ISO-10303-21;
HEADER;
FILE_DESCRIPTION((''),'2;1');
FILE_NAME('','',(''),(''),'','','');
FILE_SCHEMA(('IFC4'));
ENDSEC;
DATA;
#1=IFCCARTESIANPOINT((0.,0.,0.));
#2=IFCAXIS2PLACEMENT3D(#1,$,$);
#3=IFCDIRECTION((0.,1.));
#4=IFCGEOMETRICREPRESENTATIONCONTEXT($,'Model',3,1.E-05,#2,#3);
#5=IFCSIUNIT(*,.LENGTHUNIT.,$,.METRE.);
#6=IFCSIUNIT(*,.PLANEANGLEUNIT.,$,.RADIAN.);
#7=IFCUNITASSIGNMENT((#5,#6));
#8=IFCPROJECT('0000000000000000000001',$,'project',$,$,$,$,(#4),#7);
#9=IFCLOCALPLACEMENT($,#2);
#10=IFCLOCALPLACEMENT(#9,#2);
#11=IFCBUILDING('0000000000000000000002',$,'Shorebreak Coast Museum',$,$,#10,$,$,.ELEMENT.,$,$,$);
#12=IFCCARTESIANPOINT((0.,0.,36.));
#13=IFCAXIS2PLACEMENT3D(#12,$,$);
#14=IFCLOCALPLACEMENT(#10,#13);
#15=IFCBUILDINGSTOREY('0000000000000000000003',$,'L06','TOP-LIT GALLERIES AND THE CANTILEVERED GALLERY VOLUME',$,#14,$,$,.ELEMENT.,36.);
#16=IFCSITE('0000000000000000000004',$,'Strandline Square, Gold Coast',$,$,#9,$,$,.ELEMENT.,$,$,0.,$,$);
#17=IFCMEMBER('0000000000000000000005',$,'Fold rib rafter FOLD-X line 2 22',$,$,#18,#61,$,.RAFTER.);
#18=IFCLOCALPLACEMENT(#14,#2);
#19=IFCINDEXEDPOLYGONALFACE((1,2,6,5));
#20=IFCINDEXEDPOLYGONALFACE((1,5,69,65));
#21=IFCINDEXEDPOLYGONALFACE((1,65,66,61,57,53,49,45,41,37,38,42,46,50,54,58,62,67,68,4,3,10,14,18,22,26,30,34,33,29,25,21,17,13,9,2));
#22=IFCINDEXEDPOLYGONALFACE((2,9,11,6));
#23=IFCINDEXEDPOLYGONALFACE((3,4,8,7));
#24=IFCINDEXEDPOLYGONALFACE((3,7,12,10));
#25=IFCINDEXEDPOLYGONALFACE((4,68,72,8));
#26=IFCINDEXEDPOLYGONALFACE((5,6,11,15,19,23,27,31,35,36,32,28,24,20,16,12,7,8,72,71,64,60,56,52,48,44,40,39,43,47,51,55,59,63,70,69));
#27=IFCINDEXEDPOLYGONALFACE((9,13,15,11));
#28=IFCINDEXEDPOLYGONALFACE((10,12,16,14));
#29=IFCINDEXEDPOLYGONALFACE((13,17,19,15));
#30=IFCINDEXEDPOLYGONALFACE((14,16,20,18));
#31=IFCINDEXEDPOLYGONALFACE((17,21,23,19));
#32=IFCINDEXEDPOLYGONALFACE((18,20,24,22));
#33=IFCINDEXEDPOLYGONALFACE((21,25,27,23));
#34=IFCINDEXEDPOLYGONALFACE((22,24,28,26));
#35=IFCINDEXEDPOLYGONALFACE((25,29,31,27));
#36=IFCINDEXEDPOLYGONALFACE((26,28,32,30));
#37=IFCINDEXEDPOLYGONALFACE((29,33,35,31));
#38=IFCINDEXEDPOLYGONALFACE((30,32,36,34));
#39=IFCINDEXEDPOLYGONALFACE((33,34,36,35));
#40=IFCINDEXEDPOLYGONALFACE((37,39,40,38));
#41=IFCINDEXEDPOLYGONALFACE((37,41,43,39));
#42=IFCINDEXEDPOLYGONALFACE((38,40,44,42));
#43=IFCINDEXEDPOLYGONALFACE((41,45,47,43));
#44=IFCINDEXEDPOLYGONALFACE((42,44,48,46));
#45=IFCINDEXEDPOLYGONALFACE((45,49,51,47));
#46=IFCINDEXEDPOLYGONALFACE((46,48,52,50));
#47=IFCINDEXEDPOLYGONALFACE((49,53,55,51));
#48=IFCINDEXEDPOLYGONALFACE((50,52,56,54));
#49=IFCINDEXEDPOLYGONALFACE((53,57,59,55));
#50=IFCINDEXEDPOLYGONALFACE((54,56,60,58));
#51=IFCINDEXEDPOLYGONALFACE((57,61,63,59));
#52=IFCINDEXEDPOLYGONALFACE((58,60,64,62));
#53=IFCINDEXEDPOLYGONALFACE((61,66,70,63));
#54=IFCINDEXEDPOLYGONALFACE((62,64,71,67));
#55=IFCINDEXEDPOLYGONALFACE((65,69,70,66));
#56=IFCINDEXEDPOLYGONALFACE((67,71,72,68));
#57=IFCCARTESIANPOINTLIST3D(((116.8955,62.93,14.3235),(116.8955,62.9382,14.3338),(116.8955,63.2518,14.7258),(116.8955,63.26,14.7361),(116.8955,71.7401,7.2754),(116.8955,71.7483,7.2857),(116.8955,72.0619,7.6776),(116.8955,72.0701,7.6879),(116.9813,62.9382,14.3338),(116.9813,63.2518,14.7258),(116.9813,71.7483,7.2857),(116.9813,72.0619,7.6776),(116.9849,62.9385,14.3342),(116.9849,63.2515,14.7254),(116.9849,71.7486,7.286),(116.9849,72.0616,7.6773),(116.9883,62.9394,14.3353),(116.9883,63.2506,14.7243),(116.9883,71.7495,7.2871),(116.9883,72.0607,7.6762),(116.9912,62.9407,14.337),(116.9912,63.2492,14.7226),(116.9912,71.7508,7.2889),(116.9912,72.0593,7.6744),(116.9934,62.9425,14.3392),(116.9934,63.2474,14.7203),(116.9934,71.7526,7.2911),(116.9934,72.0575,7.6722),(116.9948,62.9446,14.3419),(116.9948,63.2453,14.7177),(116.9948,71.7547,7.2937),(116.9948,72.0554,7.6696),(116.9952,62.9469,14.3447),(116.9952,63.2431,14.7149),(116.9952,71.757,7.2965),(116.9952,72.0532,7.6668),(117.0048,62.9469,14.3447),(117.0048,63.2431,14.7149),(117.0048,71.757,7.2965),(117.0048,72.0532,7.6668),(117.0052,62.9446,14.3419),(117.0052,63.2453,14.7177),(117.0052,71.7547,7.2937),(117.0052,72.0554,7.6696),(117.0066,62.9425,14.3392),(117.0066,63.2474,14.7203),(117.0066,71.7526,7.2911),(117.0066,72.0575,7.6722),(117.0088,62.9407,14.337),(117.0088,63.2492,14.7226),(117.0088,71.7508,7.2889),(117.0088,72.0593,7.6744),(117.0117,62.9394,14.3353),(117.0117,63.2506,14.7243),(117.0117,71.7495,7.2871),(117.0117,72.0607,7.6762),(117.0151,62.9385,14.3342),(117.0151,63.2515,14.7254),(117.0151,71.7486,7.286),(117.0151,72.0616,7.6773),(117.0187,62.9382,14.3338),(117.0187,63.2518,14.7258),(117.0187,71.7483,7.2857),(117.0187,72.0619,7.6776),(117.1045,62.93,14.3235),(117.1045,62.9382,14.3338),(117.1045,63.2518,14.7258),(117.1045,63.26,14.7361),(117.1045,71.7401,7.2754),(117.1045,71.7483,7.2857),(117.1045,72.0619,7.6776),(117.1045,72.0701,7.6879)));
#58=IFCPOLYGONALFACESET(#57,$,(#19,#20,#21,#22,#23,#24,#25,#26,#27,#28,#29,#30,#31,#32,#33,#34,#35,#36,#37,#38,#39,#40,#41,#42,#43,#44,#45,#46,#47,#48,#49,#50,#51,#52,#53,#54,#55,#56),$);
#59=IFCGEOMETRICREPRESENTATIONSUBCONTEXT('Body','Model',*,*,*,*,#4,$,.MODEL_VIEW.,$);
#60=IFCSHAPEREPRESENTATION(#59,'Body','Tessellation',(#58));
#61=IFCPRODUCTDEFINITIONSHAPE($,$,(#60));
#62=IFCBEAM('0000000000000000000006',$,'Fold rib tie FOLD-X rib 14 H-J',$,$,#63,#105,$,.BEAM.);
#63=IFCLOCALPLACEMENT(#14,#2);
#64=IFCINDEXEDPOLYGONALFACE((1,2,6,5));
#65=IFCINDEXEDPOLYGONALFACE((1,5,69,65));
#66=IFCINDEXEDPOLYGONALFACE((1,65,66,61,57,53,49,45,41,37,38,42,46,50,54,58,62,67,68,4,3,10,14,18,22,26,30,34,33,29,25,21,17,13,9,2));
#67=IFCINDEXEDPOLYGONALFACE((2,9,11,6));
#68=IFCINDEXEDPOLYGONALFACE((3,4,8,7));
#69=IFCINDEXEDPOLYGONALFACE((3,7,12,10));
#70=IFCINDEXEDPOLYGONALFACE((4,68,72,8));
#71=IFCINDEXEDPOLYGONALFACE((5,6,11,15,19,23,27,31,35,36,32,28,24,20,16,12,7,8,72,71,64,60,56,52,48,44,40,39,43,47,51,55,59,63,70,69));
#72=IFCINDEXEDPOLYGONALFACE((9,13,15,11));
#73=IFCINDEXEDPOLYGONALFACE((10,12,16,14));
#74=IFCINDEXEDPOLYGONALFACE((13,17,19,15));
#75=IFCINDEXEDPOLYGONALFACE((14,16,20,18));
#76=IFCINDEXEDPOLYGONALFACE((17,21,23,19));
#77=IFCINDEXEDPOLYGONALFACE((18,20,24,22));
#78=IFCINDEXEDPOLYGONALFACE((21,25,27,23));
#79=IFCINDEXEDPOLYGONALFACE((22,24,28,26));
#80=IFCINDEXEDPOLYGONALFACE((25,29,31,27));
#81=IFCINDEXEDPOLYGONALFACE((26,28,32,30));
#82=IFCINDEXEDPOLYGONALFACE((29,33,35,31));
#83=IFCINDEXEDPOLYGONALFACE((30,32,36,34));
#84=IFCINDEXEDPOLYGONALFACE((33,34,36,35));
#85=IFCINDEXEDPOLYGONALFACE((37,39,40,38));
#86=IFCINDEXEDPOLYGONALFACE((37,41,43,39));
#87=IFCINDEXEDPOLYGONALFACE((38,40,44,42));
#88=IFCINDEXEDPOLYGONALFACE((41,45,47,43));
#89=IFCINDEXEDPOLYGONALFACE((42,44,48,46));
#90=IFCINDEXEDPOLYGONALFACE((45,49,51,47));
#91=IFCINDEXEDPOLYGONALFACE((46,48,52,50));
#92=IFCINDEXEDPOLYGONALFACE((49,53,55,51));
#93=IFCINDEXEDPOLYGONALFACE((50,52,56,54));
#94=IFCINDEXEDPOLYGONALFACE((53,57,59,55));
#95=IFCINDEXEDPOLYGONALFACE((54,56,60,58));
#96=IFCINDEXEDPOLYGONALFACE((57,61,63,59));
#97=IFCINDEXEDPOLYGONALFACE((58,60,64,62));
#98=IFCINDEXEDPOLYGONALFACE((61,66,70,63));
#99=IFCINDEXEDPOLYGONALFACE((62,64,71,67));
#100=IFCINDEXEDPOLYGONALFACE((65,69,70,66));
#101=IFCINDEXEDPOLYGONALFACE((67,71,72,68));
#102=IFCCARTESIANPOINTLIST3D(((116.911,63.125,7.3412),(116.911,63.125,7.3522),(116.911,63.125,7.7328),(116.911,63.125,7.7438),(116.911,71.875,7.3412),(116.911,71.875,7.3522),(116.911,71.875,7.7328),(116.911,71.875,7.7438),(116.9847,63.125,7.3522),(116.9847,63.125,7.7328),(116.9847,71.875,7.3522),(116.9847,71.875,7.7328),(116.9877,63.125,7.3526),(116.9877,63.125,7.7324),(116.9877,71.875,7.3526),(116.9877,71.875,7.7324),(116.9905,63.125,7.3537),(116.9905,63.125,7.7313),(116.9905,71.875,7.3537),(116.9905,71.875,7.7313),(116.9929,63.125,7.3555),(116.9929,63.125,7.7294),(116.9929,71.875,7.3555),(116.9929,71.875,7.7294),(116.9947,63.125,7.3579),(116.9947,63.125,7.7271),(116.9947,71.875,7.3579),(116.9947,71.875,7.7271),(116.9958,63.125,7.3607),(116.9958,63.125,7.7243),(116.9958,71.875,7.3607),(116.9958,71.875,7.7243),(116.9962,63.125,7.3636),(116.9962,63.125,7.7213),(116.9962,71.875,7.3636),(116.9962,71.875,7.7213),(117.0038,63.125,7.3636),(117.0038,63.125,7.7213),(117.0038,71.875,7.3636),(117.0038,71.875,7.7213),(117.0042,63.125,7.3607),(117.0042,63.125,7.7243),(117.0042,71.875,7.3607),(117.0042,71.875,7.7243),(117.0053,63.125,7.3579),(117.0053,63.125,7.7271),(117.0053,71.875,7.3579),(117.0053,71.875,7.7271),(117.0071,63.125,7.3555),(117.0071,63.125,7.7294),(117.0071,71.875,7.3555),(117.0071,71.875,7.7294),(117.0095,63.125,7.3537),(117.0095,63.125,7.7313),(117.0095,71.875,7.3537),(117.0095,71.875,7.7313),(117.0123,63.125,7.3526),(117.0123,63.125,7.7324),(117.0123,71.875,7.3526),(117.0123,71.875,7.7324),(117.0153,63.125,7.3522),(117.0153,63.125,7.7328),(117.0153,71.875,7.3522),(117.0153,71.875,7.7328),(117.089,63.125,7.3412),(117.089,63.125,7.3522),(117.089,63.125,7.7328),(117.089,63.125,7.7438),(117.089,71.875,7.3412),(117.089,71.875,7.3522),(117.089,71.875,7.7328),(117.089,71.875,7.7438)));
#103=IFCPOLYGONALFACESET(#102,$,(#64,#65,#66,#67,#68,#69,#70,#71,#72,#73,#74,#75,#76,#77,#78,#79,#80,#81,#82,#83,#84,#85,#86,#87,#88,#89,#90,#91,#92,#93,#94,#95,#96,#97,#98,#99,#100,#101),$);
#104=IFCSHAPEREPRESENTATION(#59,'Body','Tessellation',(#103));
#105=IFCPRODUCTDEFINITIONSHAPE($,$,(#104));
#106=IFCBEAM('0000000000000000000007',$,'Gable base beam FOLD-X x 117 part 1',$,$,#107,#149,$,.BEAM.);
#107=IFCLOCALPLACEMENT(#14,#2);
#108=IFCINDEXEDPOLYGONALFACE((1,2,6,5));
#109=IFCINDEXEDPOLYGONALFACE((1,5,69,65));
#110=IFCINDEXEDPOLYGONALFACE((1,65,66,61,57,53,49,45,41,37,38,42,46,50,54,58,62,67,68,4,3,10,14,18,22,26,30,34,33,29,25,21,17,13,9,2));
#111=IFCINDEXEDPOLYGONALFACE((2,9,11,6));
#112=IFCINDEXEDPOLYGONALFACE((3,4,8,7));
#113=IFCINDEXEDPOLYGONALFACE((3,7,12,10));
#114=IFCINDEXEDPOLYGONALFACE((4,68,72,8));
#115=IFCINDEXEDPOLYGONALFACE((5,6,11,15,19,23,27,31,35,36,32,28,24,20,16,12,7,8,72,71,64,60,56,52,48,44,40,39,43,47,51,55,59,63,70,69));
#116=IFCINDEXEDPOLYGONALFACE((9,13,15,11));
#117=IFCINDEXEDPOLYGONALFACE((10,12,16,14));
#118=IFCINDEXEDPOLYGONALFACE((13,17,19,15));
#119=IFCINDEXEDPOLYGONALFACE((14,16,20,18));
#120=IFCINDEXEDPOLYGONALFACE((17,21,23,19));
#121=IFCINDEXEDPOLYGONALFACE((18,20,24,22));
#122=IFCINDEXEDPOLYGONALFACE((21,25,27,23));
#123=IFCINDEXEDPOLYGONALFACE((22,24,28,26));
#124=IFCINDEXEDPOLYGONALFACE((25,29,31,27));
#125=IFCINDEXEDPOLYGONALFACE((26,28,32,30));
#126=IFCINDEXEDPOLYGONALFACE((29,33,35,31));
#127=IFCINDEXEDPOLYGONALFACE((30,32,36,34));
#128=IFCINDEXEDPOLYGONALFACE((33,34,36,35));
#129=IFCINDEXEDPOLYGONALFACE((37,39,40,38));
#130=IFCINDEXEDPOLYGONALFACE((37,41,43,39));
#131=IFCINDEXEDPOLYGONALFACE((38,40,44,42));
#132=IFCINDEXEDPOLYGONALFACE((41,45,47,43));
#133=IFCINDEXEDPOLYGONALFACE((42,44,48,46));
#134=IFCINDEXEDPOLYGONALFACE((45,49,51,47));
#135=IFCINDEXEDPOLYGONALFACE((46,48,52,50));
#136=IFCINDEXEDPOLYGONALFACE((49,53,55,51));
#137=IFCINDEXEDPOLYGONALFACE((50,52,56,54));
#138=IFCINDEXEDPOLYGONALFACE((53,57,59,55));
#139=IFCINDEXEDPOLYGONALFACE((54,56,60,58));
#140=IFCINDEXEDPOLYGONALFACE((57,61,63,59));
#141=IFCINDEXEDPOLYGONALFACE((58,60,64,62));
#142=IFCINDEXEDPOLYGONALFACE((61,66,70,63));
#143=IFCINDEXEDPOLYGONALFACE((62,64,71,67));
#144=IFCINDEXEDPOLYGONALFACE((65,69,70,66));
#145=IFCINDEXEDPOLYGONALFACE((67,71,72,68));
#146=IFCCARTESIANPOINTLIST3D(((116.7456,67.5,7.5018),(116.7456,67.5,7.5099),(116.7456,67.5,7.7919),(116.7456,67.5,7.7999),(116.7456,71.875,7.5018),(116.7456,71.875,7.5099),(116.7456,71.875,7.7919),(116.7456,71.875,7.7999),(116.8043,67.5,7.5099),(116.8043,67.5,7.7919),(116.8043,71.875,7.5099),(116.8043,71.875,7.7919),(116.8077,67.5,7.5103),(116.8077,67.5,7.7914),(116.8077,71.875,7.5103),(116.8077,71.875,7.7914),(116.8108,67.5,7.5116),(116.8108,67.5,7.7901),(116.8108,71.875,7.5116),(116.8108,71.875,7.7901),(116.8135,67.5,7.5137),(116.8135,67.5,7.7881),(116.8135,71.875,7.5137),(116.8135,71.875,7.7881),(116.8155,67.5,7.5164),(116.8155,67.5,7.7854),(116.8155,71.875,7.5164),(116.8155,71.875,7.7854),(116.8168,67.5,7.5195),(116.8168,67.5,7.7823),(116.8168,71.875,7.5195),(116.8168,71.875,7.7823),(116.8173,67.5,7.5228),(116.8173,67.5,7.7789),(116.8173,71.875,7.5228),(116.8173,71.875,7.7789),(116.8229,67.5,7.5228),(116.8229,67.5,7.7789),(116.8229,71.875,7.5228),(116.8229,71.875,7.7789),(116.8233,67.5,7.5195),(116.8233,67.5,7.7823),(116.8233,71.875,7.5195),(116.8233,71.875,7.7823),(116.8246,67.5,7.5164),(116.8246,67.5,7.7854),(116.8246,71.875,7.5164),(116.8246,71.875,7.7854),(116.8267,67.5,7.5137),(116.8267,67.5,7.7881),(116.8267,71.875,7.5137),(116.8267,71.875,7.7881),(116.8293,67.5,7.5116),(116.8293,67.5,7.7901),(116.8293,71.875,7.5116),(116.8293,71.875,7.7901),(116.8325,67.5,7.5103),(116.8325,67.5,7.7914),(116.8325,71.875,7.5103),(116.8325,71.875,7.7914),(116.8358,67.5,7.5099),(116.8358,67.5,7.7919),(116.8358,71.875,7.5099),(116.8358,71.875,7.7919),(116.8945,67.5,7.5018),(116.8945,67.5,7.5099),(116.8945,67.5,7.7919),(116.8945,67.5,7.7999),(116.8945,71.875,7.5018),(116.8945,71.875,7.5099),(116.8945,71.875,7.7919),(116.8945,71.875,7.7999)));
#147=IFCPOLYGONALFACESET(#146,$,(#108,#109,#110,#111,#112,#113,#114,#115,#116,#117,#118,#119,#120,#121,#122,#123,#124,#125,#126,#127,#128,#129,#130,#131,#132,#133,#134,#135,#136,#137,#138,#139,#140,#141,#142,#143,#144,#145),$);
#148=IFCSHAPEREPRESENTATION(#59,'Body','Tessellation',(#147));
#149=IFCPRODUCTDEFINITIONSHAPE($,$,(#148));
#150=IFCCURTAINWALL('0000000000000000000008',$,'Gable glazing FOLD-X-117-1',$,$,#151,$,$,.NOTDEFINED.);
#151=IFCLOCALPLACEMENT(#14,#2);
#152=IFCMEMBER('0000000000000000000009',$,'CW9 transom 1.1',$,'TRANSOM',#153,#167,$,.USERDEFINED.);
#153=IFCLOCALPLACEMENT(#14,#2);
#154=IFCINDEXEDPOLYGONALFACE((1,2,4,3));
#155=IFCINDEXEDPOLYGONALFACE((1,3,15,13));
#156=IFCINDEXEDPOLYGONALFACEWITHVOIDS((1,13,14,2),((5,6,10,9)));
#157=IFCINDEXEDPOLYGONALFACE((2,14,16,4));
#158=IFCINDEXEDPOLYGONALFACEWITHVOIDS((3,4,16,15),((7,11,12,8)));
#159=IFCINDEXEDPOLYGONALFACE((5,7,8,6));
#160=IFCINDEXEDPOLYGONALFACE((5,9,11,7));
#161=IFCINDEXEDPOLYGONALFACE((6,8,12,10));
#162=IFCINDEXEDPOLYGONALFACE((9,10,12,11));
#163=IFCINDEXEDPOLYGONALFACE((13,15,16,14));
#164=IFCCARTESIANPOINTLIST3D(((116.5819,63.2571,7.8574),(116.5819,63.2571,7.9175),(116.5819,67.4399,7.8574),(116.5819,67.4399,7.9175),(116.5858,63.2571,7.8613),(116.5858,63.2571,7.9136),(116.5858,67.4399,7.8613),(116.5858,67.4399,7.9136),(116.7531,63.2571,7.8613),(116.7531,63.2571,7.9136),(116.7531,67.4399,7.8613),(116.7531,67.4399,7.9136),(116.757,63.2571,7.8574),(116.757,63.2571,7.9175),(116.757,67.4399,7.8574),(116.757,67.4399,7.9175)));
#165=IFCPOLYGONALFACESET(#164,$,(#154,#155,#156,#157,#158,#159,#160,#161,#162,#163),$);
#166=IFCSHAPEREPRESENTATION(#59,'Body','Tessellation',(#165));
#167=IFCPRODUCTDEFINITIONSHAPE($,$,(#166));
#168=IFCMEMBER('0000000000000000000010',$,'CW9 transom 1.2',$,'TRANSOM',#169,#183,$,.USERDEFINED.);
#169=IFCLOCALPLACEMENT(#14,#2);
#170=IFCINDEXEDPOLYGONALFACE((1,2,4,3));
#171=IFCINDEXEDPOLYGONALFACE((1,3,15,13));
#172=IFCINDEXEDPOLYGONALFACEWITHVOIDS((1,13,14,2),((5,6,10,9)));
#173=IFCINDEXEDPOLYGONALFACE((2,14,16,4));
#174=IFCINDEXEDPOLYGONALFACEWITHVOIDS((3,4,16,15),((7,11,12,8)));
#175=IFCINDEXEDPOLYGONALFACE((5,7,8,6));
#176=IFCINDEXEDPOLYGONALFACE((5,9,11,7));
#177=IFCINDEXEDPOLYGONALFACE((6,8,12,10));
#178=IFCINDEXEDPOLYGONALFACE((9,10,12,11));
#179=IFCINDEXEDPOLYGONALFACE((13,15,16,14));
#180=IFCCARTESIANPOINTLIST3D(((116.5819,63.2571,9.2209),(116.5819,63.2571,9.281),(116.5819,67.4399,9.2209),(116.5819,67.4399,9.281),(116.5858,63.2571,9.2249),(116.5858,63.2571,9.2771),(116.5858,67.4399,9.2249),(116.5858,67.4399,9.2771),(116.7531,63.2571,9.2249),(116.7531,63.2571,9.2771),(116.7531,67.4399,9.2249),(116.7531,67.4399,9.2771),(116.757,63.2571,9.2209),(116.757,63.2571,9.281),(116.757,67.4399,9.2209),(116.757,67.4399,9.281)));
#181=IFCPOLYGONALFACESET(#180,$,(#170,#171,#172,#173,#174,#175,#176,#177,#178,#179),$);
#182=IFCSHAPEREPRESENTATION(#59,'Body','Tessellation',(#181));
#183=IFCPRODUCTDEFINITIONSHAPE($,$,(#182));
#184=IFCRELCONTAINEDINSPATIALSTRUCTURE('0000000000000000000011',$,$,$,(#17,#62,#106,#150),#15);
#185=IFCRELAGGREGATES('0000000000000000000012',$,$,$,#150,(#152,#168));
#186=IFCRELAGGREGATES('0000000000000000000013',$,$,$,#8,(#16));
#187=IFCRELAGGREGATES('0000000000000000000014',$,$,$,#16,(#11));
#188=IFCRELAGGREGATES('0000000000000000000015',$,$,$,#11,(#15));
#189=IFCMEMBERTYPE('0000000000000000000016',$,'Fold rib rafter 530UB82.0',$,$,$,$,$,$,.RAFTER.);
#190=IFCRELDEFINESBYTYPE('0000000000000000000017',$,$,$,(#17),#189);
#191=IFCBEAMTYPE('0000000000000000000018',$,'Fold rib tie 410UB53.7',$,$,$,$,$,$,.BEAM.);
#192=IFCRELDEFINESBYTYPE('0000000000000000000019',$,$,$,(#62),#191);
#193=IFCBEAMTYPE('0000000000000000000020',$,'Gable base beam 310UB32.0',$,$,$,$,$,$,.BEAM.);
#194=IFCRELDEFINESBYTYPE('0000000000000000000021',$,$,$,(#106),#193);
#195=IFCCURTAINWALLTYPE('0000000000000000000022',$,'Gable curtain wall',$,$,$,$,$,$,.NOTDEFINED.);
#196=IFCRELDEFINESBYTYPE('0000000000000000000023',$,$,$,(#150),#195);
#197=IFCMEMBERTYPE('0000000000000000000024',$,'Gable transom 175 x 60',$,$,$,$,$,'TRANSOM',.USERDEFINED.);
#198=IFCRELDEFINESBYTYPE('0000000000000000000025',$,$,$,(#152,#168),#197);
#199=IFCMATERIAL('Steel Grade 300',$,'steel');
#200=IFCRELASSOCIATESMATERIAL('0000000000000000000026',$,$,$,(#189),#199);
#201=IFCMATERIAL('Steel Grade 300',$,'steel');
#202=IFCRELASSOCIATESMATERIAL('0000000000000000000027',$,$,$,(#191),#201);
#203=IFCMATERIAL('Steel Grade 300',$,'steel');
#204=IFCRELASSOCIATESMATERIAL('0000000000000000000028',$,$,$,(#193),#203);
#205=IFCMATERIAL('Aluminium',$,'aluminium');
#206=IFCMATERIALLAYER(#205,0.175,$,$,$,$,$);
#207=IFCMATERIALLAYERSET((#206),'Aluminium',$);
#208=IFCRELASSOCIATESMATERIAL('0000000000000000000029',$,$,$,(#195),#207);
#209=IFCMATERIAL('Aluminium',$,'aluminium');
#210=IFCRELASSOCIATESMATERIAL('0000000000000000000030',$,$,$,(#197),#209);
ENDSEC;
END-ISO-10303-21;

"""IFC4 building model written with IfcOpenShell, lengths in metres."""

from ifc_helpers import new_model, si_unit, direction, frame, origin, origin_2d, place, context, subcontext, project, spatial, hollow_rectangle, i_section, extrude, material, layer, layer_set, material_profile, profile_set, type_object, element, aggregate, save


model = new_model("IFC4")

# Units and contexts
model_context = context("Model", 3, precision=1e-05, world=origin(), true_north=direction((0.0, 1.0)))
body_context = subcontext(model_context, "Body", "Model", "MODEL_VIEW")
ifc_project = project(units=[si_unit("LENGTHUNIT", "METRE"), si_unit("PLANEANGLEUNIT", "RADIAN")], contexts=[model_context])

# Site, building, storey
site_placement = place(None, origin())
site = spatial("IfcSite", under=ifc_project, at=site_placement, Name="Strandline Square, Gold Coast", CompositionType="ELEMENT", RefElevation=0.0)
building_placement = place(site_placement, origin())
building = spatial("IfcBuilding", under=site, at=building_placement, Name="Shorebreak Coast Museum", CompositionType="ELEMENT")
storey_placement = place(building_placement, frame((0.0, 0.0, 36.0)))
storey = spatial("IfcBuildingStorey", under=building, at=storey_placement, Name="L06", Description="TOP-LIT GALLERIES AND THE CANTILEVERED GALLERY VOLUME", CompositionType="ELEMENT", Elevation=36.0)

# Member
ifc_material_1 = material(Name="Steel Grade 300", Category="steel")
ifc_material_profile_1 = material_profile(ifc_material_1, i_section(OverallWidth=0.209, OverallDepth=0.5283, WebThickness=0.0095, FlangeThickness=0.0132, FilletRadius=0.0139, at=origin_2d()), Name="530UB82.0")
ifc_profile_set_1 = profile_set([ifc_material_profile_1], Name="Steel Grade 300")
member_type_1 = type_object("IfcMemberType", Name="Fold rib rafter 530UB82.0", PredefinedType="RAFTER", material=ifc_profile_set_1)
member_1_placement = place(storey_placement, frame((117.0, 63.095, 14.5298), z_axis=(0.0, 0.780867, -0.624698), x_axis=(-1.0, 0.0, 0.0)))
element("IfcMember", 1, at=member_1_placement, inside=storey, type_object=member_type_1, Name="Fold rib rafter FOLD-X line 2 22", PredefinedType="RAFTER", context=body_context, shape_type="SweptSolid", body=[
    extrude(i_section(OverallWidth=0.209, OverallDepth=0.5283, WebThickness=0.0095, FlangeThickness=0.0132, FilletRadius=0.0139, at=origin_2d()), origin(), (0.0, 0.0, 1.0), 11.2825),
])

# Beams
ifc_material_2 = material(Name="Steel Grade 300", Category="steel")
ifc_material_profile_2 = material_profile(ifc_material_2, i_section(OverallWidth=0.178, OverallDepth=0.4026, WebThickness=0.0076, FlangeThickness=0.011, FilletRadius=0.0115, at=origin_2d()), Name="410UB53.7")
ifc_profile_set_2 = profile_set([ifc_material_profile_2], Name="Steel Grade 300")
beam_type_1 = type_object("IfcBeamType", Name="Fold rib tie 410UB53.7", PredefinedType="BEAM", material=ifc_profile_set_2)
beam_1_placement = place(storey_placement, frame((117.0, 63.125, 7.5425), z_axis=(0.0, 1.0, 0.0), x_axis=(-1.0, 0.0, 0.0)))
element("IfcBeam", 2, at=beam_1_placement, inside=storey, type_object=beam_type_1, Name="Fold rib tie FOLD-X rib 14 H-J", PredefinedType="BEAM", context=body_context, shape_type="SweptSolid", body=[
    extrude(i_section(OverallWidth=0.178, OverallDepth=0.4026, WebThickness=0.0076, FlangeThickness=0.011, FilletRadius=0.0115, at=origin_2d()), origin(), (0.0, 0.0, 1.0), 8.75),
])
ifc_material_3 = material(Name="Steel Grade 300", Category="steel")
ifc_material_profile_3 = material_profile(ifc_material_3, i_section(OverallWidth=0.1489, OverallDepth=0.2981, WebThickness=0.0056, FlangeThickness=0.0081, FilletRadius=0.0129, at=origin_2d()), Name="310UB32.0")
ifc_profile_set_3 = profile_set([ifc_material_profile_3], Name="Steel Grade 300")
beam_type_2 = type_object("IfcBeamType", Name="Gable base beam 310UB32.0", PredefinedType="BEAM", material=ifc_profile_set_3)
beam_2_placement = place(storey_placement, frame((116.8201, 67.5, 7.6509), z_axis=(0.0, 1.0, 0.0), x_axis=(-1.0, 0.0, 0.0)))
element("IfcBeam", 3, at=beam_2_placement, inside=storey, type_object=beam_type_2, Name="Gable base beam FOLD-X x 117 part 1", PredefinedType="BEAM", context=body_context, shape_type="SweptSolid", body=[
    extrude(i_section(OverallWidth=0.1489, OverallDepth=0.2981, WebThickness=0.0056, FlangeThickness=0.0081, FilletRadius=0.0129, at=origin_2d()), origin(), (0.0, 0.0, 1.0), 4.375),
])

# Curtain wall, members
ifc_material_4 = material(Name="Aluminium", Category="aluminium")
ifc_layer_1 = layer(ifc_material_4, 0.175)
ifc_layer_set_1 = layer_set([ifc_layer_1], Name="Aluminium")
curtain_wall_type_1 = type_object("IfcCurtainWallType", Name="Gable curtain wall", PredefinedType="NOTDEFINED", material=ifc_layer_set_1)
curtain_wall_1_placement = place(storey_placement, origin())
curtain_wall_1 = element("IfcCurtainWall", 4, at=curtain_wall_1_placement, inside=storey, type_object=curtain_wall_type_1, Name="Gable glazing FOLD-X-117-1", PredefinedType="NOTDEFINED")
ifc_material_5 = material(Name="Aluminium", Category="aluminium")
ifc_material_profile_4 = material_profile(ifc_material_5, hollow_rectangle(XDim=0.175, YDim=0.0601, WallThickness=0.0039, at=origin_2d()), Name="AL 60x175 RHS")
ifc_profile_set_4 = profile_set([ifc_material_profile_4], Name="Aluminium")
member_type_2 = type_object("IfcMemberType", Name="Gable transom 175 x 60", ElementType="TRANSOM", PredefinedType="USERDEFINED", material=ifc_profile_set_4)
member_2_placement = place(storey_placement, frame((116.6694, 63.2571, 7.8875), z_axis=(0.0, 1.0, 0.0), x_axis=(-1.0, 0.0, 0.0)))
member_2 = element("IfcMember", 5, at=member_2_placement, type_object=member_type_2, Name="CW9 transom 1.1", ObjectType="TRANSOM", PredefinedType="USERDEFINED", context=body_context, shape_type="SweptSolid", body=[
    extrude(hollow_rectangle(XDim=0.175, YDim=0.0601, WallThickness=0.0039, at=origin_2d()), origin(), (0.0, 0.0, 1.0), 4.1829),
])
member_3_placement = place(storey_placement, frame((116.6694, 63.2571, 9.251), z_axis=(0.0, 1.0, 0.0), x_axis=(-1.0, 0.0, 0.0)))
member_3 = element("IfcMember", 6, at=member_3_placement, type_object=member_type_2, Name="CW9 transom 1.2", ObjectType="TRANSOM", PredefinedType="USERDEFINED", context=body_context, shape_type="SweptSolid", body=[
    extrude(hollow_rectangle(XDim=0.175, YDim=0.0601, WallThickness=0.0039, at=origin_2d()), origin(), (0.0, 0.0, 1.0), 4.1829),
])

aggregate(curtain_wall_1, [member_2, member_3])

save(model, "model.ifc")
